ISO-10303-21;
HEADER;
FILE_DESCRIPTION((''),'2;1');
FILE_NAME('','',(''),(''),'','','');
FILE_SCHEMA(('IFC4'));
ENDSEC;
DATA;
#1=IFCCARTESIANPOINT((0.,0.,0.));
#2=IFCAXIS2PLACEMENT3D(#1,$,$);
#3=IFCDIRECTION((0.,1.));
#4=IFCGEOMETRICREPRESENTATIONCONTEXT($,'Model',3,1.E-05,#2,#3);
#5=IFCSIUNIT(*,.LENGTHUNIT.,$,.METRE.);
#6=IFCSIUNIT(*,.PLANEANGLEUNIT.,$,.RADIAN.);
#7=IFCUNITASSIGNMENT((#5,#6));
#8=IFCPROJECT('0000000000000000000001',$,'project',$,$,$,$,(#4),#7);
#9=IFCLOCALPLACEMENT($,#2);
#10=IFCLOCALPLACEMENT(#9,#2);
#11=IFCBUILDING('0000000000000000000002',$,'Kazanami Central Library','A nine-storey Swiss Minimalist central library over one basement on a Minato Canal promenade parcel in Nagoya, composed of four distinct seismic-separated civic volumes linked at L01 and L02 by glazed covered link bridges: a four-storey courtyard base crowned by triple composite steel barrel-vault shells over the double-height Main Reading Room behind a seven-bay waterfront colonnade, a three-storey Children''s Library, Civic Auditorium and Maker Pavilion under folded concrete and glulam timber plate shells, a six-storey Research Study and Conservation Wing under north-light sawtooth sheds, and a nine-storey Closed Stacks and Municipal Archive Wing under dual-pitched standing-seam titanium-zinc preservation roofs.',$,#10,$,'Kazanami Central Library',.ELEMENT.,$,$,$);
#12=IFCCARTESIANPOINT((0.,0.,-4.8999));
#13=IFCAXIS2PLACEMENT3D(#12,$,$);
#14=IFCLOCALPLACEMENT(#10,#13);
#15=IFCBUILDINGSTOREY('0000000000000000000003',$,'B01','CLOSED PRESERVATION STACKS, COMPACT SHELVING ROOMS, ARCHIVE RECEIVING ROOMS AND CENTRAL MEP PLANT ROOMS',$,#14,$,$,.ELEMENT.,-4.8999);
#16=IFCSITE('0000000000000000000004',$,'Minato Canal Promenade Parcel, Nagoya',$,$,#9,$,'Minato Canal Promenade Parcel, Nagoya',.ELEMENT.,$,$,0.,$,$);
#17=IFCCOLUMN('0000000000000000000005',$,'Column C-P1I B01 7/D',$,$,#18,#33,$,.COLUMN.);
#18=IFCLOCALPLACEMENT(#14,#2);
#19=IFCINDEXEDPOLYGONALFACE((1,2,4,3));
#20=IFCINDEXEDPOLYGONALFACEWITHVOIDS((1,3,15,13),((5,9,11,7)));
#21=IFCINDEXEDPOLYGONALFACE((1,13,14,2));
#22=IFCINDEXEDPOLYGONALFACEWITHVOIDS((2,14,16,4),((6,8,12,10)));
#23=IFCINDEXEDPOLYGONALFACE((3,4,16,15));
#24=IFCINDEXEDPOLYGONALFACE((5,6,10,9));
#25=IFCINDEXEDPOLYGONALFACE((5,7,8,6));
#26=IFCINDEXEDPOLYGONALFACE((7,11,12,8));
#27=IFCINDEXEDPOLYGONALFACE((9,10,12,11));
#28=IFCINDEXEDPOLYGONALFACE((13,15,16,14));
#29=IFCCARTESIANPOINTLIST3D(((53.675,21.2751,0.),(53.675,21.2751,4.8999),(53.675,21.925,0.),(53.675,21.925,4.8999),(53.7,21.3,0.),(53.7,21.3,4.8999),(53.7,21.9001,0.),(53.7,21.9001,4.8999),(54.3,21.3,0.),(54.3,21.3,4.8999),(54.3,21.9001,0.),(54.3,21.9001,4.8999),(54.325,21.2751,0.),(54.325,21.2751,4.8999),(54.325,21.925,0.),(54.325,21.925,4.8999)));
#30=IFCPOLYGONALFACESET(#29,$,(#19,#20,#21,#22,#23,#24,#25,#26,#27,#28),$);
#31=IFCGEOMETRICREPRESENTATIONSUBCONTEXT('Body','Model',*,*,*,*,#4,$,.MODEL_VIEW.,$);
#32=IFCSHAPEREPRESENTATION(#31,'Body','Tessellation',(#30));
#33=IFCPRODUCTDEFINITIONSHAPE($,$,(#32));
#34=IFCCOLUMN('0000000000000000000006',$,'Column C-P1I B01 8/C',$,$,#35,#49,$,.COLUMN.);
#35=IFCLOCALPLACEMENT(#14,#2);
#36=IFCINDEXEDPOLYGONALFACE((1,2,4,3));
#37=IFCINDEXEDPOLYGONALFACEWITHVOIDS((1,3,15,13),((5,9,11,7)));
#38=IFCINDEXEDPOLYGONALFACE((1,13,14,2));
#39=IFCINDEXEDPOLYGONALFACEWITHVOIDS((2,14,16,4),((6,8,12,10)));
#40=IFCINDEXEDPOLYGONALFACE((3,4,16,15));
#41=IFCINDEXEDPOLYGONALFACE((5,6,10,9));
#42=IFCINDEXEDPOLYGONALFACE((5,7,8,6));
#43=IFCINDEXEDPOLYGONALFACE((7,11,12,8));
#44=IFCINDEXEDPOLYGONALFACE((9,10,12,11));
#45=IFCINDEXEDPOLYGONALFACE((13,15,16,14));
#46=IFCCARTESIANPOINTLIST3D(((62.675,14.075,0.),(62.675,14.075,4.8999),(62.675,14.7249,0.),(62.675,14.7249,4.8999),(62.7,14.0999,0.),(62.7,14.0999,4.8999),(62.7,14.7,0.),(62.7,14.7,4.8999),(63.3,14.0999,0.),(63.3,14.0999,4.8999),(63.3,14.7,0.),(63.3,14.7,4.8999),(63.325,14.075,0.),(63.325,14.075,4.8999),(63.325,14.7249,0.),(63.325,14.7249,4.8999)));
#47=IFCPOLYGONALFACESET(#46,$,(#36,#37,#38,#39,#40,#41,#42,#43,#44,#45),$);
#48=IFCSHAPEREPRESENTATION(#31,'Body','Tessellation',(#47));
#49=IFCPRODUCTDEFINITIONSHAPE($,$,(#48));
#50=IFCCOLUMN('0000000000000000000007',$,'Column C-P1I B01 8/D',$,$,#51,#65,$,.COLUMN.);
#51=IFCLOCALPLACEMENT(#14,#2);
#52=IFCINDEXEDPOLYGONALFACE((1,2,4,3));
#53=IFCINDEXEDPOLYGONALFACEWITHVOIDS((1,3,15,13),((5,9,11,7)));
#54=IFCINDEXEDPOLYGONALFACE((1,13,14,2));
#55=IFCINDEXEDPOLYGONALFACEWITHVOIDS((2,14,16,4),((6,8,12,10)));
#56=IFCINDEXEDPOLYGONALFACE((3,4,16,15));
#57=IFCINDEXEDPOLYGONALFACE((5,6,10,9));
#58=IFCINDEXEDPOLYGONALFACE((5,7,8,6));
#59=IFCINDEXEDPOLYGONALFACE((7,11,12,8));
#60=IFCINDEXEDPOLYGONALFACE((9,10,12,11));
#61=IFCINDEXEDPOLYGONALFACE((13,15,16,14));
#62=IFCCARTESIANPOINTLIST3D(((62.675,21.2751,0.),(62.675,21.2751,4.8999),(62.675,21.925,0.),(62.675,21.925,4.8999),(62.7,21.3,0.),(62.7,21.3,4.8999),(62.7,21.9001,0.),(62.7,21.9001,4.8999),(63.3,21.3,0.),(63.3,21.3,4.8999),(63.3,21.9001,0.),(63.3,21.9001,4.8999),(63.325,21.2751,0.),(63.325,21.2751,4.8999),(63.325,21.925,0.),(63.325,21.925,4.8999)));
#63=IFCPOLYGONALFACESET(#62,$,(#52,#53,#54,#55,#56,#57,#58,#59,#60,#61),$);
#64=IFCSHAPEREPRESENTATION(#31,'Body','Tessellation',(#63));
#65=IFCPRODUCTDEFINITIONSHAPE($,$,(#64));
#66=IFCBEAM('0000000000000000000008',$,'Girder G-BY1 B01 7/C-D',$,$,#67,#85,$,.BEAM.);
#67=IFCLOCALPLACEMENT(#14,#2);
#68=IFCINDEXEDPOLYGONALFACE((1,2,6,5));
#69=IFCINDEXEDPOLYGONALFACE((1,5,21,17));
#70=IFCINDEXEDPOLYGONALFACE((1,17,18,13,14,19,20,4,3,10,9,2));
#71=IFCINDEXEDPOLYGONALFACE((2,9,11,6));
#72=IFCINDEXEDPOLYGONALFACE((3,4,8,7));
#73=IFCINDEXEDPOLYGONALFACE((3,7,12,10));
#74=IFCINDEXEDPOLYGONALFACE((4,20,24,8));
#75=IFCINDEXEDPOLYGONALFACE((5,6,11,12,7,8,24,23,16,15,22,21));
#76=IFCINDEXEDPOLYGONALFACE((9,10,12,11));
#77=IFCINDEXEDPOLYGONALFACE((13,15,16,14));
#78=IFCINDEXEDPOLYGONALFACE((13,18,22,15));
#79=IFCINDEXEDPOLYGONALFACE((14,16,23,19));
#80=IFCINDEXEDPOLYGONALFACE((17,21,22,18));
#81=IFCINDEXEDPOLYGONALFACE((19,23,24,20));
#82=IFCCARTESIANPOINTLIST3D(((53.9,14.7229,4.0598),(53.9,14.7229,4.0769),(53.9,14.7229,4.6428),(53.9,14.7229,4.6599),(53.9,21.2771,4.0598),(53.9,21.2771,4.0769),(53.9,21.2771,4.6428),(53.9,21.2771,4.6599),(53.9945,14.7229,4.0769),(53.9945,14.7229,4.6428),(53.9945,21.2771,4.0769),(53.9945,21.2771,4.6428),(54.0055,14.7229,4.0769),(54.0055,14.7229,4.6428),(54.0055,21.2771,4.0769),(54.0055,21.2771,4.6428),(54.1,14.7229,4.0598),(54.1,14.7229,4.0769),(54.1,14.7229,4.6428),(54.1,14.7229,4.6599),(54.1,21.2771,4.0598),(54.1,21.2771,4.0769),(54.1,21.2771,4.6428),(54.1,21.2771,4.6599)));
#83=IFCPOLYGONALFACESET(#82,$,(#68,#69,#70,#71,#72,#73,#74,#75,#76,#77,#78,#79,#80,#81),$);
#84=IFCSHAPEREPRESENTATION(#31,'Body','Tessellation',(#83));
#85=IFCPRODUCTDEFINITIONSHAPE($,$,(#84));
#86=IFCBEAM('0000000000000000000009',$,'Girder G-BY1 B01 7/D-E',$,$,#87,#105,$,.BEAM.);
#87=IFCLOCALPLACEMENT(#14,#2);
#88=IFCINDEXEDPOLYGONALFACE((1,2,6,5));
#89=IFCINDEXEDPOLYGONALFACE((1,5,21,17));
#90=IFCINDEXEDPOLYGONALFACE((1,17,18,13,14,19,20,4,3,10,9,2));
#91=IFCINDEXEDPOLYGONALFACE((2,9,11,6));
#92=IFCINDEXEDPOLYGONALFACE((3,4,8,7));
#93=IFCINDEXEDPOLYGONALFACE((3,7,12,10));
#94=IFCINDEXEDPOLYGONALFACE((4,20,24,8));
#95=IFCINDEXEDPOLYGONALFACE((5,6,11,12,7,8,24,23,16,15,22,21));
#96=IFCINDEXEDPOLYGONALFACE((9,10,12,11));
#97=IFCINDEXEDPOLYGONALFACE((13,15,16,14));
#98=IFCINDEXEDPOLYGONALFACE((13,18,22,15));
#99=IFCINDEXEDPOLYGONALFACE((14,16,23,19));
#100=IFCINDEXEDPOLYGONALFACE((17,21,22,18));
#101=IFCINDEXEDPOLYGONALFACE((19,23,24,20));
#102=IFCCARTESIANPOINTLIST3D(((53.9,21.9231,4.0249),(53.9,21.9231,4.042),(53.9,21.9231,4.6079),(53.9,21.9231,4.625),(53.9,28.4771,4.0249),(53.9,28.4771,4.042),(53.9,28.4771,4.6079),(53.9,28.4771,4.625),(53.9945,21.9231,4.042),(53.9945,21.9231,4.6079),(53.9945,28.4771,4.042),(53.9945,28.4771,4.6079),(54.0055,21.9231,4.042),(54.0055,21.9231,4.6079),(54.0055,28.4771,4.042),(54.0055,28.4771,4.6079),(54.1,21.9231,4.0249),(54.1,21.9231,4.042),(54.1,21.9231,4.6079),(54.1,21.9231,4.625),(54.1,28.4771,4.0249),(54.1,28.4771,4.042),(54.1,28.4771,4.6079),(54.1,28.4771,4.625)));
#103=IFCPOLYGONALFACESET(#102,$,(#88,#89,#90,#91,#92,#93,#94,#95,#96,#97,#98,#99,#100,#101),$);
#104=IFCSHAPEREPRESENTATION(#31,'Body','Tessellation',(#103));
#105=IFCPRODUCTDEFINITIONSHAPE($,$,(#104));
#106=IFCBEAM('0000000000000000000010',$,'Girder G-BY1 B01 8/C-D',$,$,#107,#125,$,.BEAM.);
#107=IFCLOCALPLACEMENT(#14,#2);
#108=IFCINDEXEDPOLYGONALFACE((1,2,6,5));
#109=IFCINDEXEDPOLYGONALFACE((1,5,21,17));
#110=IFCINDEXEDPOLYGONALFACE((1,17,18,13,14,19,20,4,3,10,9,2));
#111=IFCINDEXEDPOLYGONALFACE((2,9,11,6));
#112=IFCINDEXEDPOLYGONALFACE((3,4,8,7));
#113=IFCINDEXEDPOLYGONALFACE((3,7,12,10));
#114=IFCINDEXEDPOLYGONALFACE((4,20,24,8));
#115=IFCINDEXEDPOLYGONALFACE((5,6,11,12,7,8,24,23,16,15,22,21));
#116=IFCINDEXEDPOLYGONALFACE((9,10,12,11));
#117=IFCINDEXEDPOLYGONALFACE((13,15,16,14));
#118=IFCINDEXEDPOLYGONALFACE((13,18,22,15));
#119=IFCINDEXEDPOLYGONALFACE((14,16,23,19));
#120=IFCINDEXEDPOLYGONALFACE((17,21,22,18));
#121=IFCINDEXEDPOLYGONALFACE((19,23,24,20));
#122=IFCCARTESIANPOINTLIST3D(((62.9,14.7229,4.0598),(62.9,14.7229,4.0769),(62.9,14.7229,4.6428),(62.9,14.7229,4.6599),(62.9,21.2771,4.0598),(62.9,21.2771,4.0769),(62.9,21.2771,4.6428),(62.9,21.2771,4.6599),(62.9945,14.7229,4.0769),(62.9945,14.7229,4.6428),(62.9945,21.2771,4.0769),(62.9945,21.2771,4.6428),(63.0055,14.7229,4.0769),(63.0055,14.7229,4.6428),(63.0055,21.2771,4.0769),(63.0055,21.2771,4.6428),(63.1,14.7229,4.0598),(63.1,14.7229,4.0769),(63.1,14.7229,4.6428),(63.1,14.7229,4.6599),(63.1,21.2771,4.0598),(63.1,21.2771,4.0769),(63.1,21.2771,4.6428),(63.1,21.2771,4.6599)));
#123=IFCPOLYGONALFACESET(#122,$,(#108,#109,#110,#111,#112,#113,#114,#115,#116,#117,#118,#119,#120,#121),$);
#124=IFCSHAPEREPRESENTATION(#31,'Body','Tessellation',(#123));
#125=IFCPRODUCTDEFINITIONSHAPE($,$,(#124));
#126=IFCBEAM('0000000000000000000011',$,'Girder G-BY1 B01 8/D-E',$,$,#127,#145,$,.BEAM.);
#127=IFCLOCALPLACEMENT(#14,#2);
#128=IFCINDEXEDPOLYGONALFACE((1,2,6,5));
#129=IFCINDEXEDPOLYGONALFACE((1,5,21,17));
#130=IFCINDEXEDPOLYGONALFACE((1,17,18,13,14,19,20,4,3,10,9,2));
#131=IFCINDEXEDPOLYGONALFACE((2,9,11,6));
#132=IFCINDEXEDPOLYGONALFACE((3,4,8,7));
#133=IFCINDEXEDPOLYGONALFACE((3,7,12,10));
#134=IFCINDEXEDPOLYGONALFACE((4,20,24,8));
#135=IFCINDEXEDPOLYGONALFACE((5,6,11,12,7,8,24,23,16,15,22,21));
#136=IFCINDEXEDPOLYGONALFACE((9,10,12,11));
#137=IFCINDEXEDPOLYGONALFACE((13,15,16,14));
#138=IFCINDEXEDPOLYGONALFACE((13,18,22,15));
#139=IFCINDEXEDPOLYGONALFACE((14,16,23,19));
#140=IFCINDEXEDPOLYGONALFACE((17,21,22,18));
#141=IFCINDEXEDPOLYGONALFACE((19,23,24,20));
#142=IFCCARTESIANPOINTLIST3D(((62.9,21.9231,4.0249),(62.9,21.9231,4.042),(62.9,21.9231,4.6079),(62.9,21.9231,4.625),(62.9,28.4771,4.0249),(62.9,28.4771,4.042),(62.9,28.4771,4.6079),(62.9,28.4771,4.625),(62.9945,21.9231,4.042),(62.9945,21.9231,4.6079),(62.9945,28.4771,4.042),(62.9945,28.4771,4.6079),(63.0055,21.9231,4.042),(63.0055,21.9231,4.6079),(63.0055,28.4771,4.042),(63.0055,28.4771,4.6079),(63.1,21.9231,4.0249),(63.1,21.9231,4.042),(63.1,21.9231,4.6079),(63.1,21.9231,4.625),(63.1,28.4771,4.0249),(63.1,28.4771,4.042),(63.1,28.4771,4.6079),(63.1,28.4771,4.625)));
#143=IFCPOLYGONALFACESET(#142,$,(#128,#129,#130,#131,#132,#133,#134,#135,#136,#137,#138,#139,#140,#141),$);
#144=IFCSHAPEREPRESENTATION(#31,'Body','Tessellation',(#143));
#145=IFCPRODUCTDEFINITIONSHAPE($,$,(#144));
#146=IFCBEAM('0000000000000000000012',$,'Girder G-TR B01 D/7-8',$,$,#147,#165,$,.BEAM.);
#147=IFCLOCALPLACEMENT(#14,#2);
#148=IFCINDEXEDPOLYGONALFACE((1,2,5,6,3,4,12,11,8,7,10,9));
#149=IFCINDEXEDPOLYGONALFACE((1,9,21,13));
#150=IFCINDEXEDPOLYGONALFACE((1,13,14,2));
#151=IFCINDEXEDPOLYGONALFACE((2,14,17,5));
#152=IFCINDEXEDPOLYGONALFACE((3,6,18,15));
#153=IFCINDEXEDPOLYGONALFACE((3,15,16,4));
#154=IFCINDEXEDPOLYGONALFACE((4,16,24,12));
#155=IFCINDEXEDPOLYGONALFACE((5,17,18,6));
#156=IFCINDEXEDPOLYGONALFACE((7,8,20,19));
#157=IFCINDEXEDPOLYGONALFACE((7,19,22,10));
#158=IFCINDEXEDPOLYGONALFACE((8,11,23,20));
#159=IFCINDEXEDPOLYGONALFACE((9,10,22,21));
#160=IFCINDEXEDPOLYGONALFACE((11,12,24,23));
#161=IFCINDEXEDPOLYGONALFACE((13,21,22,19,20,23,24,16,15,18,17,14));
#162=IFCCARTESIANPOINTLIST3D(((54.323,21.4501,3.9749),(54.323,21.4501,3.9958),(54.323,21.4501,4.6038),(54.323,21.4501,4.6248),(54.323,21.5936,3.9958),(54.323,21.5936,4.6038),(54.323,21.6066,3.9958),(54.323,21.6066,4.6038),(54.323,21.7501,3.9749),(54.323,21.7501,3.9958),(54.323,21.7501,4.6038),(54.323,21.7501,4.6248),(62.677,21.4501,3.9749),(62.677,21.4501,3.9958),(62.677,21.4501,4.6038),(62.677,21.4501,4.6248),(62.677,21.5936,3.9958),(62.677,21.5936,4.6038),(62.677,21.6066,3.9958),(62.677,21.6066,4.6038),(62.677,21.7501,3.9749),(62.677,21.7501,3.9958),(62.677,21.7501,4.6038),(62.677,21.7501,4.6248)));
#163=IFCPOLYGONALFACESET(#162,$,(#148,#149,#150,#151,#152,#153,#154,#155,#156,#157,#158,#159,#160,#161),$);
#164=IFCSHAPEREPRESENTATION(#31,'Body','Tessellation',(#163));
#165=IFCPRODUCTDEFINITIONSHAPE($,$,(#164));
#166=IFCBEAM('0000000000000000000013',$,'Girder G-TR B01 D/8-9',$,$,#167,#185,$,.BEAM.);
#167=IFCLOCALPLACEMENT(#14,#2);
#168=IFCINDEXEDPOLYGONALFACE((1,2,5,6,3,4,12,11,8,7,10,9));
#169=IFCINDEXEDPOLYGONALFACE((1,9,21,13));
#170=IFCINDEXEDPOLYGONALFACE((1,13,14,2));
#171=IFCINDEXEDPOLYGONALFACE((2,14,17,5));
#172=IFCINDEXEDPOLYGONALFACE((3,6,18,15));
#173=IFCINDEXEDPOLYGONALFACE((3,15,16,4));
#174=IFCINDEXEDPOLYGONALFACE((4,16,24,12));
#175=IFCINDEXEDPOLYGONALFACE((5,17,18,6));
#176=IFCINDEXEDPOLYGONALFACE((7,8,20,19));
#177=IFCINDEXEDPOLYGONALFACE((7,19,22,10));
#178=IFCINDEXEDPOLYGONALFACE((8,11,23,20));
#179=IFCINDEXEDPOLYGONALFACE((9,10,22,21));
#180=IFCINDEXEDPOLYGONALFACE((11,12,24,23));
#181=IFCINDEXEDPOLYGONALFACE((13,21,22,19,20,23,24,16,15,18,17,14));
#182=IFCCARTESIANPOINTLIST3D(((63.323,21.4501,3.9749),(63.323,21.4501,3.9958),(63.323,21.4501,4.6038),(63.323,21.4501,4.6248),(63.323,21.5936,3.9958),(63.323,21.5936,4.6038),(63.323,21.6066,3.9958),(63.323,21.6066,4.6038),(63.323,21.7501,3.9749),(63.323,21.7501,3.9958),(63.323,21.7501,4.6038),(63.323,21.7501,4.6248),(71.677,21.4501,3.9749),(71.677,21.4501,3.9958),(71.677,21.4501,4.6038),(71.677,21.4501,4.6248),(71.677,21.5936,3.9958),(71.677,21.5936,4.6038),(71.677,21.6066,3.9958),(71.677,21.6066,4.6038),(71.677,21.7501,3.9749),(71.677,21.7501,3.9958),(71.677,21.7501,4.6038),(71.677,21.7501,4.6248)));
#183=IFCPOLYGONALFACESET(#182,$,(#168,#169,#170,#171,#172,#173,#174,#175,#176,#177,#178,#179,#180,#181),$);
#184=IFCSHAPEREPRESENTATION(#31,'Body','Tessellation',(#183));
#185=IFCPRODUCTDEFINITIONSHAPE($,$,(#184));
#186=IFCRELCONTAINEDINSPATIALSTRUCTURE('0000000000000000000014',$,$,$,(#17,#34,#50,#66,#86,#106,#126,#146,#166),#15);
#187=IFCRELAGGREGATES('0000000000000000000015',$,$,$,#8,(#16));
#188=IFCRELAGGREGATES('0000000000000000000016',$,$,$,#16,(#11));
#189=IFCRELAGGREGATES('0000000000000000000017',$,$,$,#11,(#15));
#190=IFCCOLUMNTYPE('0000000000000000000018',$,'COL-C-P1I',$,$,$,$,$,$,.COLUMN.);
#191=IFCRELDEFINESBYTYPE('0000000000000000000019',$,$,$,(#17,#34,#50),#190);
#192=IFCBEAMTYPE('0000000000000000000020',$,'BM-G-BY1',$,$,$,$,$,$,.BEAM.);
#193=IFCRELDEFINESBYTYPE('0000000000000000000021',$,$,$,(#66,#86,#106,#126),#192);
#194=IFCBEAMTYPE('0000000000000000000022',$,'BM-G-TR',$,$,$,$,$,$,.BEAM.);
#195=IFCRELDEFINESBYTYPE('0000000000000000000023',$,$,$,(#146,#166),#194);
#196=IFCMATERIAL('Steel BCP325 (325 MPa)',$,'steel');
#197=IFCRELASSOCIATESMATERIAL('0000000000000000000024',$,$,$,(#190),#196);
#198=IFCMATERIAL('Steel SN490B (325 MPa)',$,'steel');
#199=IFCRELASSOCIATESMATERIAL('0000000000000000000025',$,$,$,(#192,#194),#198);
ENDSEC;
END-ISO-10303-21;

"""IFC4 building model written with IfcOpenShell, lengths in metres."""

from ifc_helpers import new_model, si_unit, direction, frame, origin, origin_2d, place, context, subcontext, project, spatial, hollow_rectangle, i_section, extrude, material, material_profile, profile_set, type_object, element, save


model = new_model("IFC4")

# Units and contexts
model_context = context("Model", 3, precision=1e-05, world=origin(), true_north=direction((0.0, 1.0)))
body_context = subcontext(model_context, "Body", "Model", "MODEL_VIEW")
ifc_project = project(units=[si_unit("LENGTHUNIT", "METRE"), si_unit("PLANEANGLEUNIT", "RADIAN")], contexts=[model_context])

# Site, building, storey
site_placement = place(None, origin())
site = spatial("IfcSite", under=ifc_project, at=site_placement, Name="Minato Canal Promenade Parcel, Nagoya", LongName="Minato Canal Promenade Parcel, Nagoya", CompositionType="ELEMENT", RefElevation=0.0)
building_placement = place(site_placement, origin())
building = spatial("IfcBuilding", under=site, at=building_placement, Name="Kazanami Central Library", Description="A nine-storey Swiss Minimalist central library over one basement on a Minato Canal promenade parcel in Nagoya, composed of four distinct seismic-separated civic volumes linked at L01 and L02 by glazed covered link bridges: a four-storey courtyard base crowned by triple composite steel barrel-vault shells over the double-height Main Reading Room behind a seven-bay waterfront colonnade, a three-storey Children's Library, Civic Auditorium and Maker Pavilion under folded concrete and glulam timber plate shells, a six-storey Research Study and Conservation Wing under north-light sawtooth sheds, and a nine-storey Closed Stacks and Municipal Archive Wing under dual-pitched standing-seam titanium-zinc preservation roofs.", LongName="Kazanami Central Library", CompositionType="ELEMENT")
storey_placement = place(building_placement, frame((0.0, 0.0, -4.8999)))
storey = spatial("IfcBuildingStorey", under=building, at=storey_placement, Name="B01", Description="CLOSED PRESERVATION STACKS, COMPACT SHELVING ROOMS, ARCHIVE RECEIVING ROOMS AND CENTRAL MEP PLANT ROOMS", CompositionType="ELEMENT", Elevation=-4.8999)

# Columns
ifc_material_1 = material(Name="Steel BCP325 (325 MPa)", Category="steel")
ifc_material_profile_1 = material_profile(ifc_material_1, hollow_rectangle(XDim=0.6499, YDim=0.6499, WallThickness=0.0249, at=origin_2d()), Name="BCP-650x650x25")
ifc_profile_set_1 = profile_set([ifc_material_profile_1], Name="Steel BCP325 (325 MPa)")
column_type = type_object("IfcColumnType", Name="COL-C-P1I", PredefinedType="COLUMN", material=ifc_profile_set_1)
for number, where, z_axis, x_axis, name in (
    (1, (54.0, 21.6001, 0.0), (0.0, 0.0, 1.0), (1.0, 0.0, 0.0), "Column C-P1I B01 7/D"),
    (2, (63.0, 14.3999, 0.0), (0.0, 0.0, 1.0), (1.0, 0.0, 0.0), "Column C-P1I B01 8/C"),
    (3, (63.0, 21.6001, 0.0), (0.0, 0.0, 1.0), (1.0, 0.0, 0.0), "Column C-P1I B01 8/D"),
):
    element("IfcColumn", number, at=place(storey_placement, frame(where, z_axis=z_axis, x_axis=x_axis)), inside=storey, type_object=column_type, Name=name, PredefinedType="COLUMN", context=body_context, shape_type="SweptSolid", body=[
        extrude(hollow_rectangle(XDim=0.6499, YDim=0.6499, WallThickness=0.0249, at=origin_2d()), origin(), (0.0, 0.0, 1.0), 4.8999),
    ])

# Beams
ifc_material_2 = material(Name="Steel SN490B (325 MPa)", Category="steel")
ifc_material_profile_2 = material_profile(ifc_material_2, i_section(OverallWidth=0.2, OverallDepth=0.6001, WebThickness=0.011, FlangeThickness=0.0171, at=origin_2d()), Name="H-600x200x11x17")
ifc_profile_set_2 = profile_set([ifc_material_profile_2], Name="Steel SN490B (325 MPa)")
beam_type_1 = type_object("IfcBeamType", Name="BM-G-BY1", PredefinedType="BEAM", material=ifc_profile_set_2)
beam_1_placement = place(storey_placement, frame((54.0, 14.7229, 4.3599), z_axis=(0.0, 1.0, 0.0), x_axis=(-1.0, 0.0, 0.0)))
element("IfcBeam", 4, at=beam_1_placement, inside=storey, type_object=beam_type_1, Name="Girder G-BY1 B01 7/C-D", PredefinedType="BEAM", context=body_context, shape_type="SweptSolid", body=[
    extrude(i_section(OverallWidth=0.2, OverallDepth=0.6001, WebThickness=0.011, FlangeThickness=0.0171, at=origin_2d()), origin(), (0.0, 0.0, 1.0), 6.5542),
])
beam_2_placement = place(storey_placement, frame((54.0, 21.9231, 4.325), z_axis=(0.0, 1.0, 0.0), x_axis=(-1.0, 0.0, 0.0)))
element("IfcBeam", 5, at=beam_2_placement, inside=storey, type_object=beam_type_1, Name="Girder G-BY1 B01 7/D-E", PredefinedType="BEAM", context=body_context, shape_type="SweptSolid", body=[
    extrude(i_section(OverallWidth=0.2, OverallDepth=0.6001, WebThickness=0.011, FlangeThickness=0.0171, at=origin_2d()), origin(), (0.0, 0.0, 1.0), 6.554),
])
beam_3_placement = place(storey_placement, frame((63.0, 14.7229, 4.3599), z_axis=(0.0, 1.0, 0.0), x_axis=(-1.0, 0.0, 0.0)))
element("IfcBeam", 6, at=beam_3_placement, inside=storey, type_object=beam_type_1, Name="Girder G-BY1 B01 8/C-D", PredefinedType="BEAM", context=body_context, shape_type="SweptSolid", body=[
    extrude(i_section(OverallWidth=0.2, OverallDepth=0.6001, WebThickness=0.011, FlangeThickness=0.0171, at=origin_2d()), origin(), (0.0, 0.0, 1.0), 6.5542),
])
beam_4_placement = place(storey_placement, frame((63.0, 21.9231, 4.325), z_axis=(0.0, 1.0, 0.0), x_axis=(-1.0, 0.0, 0.0)))
element("IfcBeam", 7, at=beam_4_placement, inside=storey, type_object=beam_type_1, Name="Girder G-BY1 B01 8/D-E", PredefinedType="BEAM", context=body_context, shape_type="SweptSolid", body=[
    extrude(i_section(OverallWidth=0.2, OverallDepth=0.6001, WebThickness=0.011, FlangeThickness=0.0171, at=origin_2d()), origin(), (0.0, 0.0, 1.0), 6.554),
])
ifc_material_profile_3 = material_profile(ifc_material_2, i_section(OverallWidth=0.3, OverallDepth=0.6499, WebThickness=0.0129, FlangeThickness=0.021, at=origin_2d()), Name="H-650x300x13x21")
ifc_profile_set_3 = profile_set([ifc_material_profile_3], Name="Steel SN490B (325 MPa)")
beam_type_2 = type_object("IfcBeamType", Name="BM-G-TR", PredefinedType="BEAM", material=ifc_profile_set_3)
for number, where, z_axis, x_axis, name in (
    (8, (54.323, 21.6001, 4.2998), (1.0, 0.0, 0.0), (0.0, 1.0, 0.0), "Girder G-TR B01 D/7-8"),
    (9, (63.323, 21.6001, 4.2998), (1.0, 0.0, 0.0), (0.0, 1.0, 0.0), "Girder G-TR B01 D/8-9"),
):
    element("IfcBeam", number, at=place(storey_placement, frame(where, z_axis=z_axis, x_axis=x_axis)), inside=storey, type_object=beam_type_2, Name=name, PredefinedType="BEAM", context=body_context, shape_type="SweptSolid", body=[
        extrude(i_section(OverallWidth=0.3, OverallDepth=0.6499, WebThickness=0.0129, FlangeThickness=0.021, at=origin_2d()), origin(), (0.0, 0.0, 1.0), 8.354),
    ])

save(model, "model.ifc")
